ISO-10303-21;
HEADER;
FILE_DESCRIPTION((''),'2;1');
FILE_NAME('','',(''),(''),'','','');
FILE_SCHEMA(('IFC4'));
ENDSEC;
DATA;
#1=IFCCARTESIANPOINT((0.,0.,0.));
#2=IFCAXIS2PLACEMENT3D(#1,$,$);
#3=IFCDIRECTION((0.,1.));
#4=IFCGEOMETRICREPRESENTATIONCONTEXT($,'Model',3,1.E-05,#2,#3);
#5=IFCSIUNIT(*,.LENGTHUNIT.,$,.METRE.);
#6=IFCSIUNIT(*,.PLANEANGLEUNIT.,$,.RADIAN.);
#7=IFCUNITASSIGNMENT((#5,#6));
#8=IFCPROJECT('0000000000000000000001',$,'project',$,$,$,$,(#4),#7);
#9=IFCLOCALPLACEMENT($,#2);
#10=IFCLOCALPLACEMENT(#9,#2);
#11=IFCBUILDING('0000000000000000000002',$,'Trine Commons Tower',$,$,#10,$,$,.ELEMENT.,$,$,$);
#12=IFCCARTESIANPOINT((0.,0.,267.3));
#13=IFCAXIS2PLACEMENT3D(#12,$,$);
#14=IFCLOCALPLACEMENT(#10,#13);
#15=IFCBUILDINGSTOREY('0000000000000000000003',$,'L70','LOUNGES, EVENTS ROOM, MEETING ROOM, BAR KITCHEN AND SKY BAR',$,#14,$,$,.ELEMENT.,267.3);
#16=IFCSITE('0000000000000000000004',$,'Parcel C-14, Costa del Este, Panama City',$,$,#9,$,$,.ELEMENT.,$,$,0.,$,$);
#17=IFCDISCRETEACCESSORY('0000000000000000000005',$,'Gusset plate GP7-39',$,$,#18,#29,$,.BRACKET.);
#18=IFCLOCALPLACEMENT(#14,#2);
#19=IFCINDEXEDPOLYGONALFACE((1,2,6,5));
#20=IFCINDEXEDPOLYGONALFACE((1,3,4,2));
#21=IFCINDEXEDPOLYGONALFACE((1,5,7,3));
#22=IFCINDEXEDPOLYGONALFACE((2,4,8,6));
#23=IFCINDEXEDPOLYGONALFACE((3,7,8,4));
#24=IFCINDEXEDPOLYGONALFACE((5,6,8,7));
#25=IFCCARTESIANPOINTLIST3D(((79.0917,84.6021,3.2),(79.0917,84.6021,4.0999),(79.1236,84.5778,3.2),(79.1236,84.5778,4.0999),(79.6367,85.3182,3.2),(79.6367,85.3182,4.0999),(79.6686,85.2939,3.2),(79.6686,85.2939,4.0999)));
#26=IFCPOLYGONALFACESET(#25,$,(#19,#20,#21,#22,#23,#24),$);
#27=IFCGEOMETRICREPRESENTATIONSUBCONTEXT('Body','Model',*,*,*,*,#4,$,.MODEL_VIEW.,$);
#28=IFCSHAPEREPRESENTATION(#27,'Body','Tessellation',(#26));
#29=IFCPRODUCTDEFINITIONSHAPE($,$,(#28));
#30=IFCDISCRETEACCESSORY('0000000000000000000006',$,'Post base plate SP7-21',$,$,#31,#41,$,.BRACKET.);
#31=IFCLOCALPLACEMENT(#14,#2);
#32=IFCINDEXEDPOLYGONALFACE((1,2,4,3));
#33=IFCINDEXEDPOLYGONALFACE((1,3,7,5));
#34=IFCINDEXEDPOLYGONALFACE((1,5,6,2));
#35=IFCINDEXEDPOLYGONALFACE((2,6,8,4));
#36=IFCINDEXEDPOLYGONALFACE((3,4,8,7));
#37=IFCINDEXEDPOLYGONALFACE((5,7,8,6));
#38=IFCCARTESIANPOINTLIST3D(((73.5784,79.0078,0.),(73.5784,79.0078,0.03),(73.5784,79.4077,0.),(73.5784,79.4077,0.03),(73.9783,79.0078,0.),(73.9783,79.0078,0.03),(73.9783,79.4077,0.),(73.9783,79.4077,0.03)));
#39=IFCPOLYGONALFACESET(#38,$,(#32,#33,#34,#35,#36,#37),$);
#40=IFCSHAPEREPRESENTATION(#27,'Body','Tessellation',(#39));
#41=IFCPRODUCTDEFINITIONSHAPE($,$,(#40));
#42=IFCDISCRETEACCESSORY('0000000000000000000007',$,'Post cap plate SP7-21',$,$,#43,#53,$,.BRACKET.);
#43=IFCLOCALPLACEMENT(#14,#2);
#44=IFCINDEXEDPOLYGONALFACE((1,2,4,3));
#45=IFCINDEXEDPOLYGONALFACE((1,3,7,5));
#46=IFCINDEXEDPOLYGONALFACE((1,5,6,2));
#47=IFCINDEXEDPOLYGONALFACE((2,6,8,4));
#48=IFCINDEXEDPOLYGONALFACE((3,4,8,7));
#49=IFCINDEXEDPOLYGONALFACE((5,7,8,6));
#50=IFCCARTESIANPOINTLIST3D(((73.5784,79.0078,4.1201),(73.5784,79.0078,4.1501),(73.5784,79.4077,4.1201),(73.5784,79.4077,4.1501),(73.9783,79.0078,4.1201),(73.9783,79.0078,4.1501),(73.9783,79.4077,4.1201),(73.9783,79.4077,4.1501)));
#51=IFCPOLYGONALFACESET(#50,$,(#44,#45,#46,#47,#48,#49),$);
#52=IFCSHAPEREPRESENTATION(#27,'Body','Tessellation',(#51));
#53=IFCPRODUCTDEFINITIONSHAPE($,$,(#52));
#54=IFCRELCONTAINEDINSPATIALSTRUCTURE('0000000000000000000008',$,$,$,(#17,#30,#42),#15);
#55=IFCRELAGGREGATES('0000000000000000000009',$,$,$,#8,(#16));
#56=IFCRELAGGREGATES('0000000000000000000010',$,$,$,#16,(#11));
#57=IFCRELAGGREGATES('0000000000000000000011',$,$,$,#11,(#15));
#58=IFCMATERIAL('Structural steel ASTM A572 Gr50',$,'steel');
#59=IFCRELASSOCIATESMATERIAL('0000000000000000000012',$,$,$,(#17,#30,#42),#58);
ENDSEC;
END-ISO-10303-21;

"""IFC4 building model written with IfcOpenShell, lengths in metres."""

from ifc_helpers import new_model, si_unit, direction, frame, origin, origin_2d, place, context, subcontext, project, spatial, rectangle, extrude, material, element, save


model = new_model("IFC4")

# Units and contexts
model_context = context("Model", 3, precision=1e-05, world=origin(), true_north=direction((0.0, 1.0)))
body_context = subcontext(model_context, "Body", "Model", "MODEL_VIEW")
ifc_project = project(units=[si_unit("LENGTHUNIT", "METRE"), si_unit("PLANEANGLEUNIT", "RADIAN")], contexts=[model_context])

# Site, building, storey
site_placement = place(None, origin())
site = spatial("IfcSite", under=ifc_project, at=site_placement, Name="Parcel C-14, Costa del Este, Panama City", CompositionType="ELEMENT", RefElevation=0.0)
building_placement = place(site_placement, origin())
building = spatial("IfcBuilding", under=site, at=building_placement, Name="Trine Commons Tower", CompositionType="ELEMENT")
storey_placement = place(building_placement, frame((0.0, 0.0, 267.3)))
storey = spatial("IfcBuildingStorey", under=building, at=storey_placement, Name="L70", Description="LOUNGES, EVENTS ROOM, MEETING ROOM, BAR KITCHEN AND SKY BAR", CompositionType="ELEMENT", Elevation=267.3)

# Discrete accessories
ifc_material_1 = material(Name="Structural steel ASTM A572 Gr50", Category="steel")
for number, where, z_axis, x_axis, name in (
    (1, (79.3801, 84.948, 3.2), (0.0, 0.0, 1.0), (0.605613, 0.795759, 0.0), "Gusset plate GP7-39"),
):
    element("IfcDiscreteAccessory", number, at=place(storey_placement, frame(where, z_axis=z_axis, x_axis=x_axis)), inside=storey, material=ifc_material_1, Name=name, PredefinedType="BRACKET", context=body_context, shape_type="SweptSolid", body=[
        extrude(rectangle(XDim=0.8999, YDim=0.04, at=origin_2d()), origin(), (0.0, 0.0, 1.0), 0.8999),
    ])
for number, where, z_axis, x_axis, name in (
    (2, (73.7783, 79.2078, 0.0), (0.0, 0.0, 1.0), (1.0, 0.0, 0.0), "Post base plate SP7-21"),
    (3, (73.7783, 79.2078, 4.1201), (0.0, 0.0, 1.0), (1.0, 0.0, 0.0), "Post cap plate SP7-21"),
):
    element("IfcDiscreteAccessory", number, at=place(storey_placement, frame(where, z_axis=z_axis, x_axis=x_axis)), inside=storey, material=ifc_material_1, Name=name, PredefinedType="BRACKET", context=body_context, shape_type="SweptSolid", body=[
        extrude(rectangle(XDim=0.3999, YDim=0.3999, at=origin_2d()), origin(), (0.0, 0.0, 1.0), 0.03),
    ])

save(model, "model.ifc")
